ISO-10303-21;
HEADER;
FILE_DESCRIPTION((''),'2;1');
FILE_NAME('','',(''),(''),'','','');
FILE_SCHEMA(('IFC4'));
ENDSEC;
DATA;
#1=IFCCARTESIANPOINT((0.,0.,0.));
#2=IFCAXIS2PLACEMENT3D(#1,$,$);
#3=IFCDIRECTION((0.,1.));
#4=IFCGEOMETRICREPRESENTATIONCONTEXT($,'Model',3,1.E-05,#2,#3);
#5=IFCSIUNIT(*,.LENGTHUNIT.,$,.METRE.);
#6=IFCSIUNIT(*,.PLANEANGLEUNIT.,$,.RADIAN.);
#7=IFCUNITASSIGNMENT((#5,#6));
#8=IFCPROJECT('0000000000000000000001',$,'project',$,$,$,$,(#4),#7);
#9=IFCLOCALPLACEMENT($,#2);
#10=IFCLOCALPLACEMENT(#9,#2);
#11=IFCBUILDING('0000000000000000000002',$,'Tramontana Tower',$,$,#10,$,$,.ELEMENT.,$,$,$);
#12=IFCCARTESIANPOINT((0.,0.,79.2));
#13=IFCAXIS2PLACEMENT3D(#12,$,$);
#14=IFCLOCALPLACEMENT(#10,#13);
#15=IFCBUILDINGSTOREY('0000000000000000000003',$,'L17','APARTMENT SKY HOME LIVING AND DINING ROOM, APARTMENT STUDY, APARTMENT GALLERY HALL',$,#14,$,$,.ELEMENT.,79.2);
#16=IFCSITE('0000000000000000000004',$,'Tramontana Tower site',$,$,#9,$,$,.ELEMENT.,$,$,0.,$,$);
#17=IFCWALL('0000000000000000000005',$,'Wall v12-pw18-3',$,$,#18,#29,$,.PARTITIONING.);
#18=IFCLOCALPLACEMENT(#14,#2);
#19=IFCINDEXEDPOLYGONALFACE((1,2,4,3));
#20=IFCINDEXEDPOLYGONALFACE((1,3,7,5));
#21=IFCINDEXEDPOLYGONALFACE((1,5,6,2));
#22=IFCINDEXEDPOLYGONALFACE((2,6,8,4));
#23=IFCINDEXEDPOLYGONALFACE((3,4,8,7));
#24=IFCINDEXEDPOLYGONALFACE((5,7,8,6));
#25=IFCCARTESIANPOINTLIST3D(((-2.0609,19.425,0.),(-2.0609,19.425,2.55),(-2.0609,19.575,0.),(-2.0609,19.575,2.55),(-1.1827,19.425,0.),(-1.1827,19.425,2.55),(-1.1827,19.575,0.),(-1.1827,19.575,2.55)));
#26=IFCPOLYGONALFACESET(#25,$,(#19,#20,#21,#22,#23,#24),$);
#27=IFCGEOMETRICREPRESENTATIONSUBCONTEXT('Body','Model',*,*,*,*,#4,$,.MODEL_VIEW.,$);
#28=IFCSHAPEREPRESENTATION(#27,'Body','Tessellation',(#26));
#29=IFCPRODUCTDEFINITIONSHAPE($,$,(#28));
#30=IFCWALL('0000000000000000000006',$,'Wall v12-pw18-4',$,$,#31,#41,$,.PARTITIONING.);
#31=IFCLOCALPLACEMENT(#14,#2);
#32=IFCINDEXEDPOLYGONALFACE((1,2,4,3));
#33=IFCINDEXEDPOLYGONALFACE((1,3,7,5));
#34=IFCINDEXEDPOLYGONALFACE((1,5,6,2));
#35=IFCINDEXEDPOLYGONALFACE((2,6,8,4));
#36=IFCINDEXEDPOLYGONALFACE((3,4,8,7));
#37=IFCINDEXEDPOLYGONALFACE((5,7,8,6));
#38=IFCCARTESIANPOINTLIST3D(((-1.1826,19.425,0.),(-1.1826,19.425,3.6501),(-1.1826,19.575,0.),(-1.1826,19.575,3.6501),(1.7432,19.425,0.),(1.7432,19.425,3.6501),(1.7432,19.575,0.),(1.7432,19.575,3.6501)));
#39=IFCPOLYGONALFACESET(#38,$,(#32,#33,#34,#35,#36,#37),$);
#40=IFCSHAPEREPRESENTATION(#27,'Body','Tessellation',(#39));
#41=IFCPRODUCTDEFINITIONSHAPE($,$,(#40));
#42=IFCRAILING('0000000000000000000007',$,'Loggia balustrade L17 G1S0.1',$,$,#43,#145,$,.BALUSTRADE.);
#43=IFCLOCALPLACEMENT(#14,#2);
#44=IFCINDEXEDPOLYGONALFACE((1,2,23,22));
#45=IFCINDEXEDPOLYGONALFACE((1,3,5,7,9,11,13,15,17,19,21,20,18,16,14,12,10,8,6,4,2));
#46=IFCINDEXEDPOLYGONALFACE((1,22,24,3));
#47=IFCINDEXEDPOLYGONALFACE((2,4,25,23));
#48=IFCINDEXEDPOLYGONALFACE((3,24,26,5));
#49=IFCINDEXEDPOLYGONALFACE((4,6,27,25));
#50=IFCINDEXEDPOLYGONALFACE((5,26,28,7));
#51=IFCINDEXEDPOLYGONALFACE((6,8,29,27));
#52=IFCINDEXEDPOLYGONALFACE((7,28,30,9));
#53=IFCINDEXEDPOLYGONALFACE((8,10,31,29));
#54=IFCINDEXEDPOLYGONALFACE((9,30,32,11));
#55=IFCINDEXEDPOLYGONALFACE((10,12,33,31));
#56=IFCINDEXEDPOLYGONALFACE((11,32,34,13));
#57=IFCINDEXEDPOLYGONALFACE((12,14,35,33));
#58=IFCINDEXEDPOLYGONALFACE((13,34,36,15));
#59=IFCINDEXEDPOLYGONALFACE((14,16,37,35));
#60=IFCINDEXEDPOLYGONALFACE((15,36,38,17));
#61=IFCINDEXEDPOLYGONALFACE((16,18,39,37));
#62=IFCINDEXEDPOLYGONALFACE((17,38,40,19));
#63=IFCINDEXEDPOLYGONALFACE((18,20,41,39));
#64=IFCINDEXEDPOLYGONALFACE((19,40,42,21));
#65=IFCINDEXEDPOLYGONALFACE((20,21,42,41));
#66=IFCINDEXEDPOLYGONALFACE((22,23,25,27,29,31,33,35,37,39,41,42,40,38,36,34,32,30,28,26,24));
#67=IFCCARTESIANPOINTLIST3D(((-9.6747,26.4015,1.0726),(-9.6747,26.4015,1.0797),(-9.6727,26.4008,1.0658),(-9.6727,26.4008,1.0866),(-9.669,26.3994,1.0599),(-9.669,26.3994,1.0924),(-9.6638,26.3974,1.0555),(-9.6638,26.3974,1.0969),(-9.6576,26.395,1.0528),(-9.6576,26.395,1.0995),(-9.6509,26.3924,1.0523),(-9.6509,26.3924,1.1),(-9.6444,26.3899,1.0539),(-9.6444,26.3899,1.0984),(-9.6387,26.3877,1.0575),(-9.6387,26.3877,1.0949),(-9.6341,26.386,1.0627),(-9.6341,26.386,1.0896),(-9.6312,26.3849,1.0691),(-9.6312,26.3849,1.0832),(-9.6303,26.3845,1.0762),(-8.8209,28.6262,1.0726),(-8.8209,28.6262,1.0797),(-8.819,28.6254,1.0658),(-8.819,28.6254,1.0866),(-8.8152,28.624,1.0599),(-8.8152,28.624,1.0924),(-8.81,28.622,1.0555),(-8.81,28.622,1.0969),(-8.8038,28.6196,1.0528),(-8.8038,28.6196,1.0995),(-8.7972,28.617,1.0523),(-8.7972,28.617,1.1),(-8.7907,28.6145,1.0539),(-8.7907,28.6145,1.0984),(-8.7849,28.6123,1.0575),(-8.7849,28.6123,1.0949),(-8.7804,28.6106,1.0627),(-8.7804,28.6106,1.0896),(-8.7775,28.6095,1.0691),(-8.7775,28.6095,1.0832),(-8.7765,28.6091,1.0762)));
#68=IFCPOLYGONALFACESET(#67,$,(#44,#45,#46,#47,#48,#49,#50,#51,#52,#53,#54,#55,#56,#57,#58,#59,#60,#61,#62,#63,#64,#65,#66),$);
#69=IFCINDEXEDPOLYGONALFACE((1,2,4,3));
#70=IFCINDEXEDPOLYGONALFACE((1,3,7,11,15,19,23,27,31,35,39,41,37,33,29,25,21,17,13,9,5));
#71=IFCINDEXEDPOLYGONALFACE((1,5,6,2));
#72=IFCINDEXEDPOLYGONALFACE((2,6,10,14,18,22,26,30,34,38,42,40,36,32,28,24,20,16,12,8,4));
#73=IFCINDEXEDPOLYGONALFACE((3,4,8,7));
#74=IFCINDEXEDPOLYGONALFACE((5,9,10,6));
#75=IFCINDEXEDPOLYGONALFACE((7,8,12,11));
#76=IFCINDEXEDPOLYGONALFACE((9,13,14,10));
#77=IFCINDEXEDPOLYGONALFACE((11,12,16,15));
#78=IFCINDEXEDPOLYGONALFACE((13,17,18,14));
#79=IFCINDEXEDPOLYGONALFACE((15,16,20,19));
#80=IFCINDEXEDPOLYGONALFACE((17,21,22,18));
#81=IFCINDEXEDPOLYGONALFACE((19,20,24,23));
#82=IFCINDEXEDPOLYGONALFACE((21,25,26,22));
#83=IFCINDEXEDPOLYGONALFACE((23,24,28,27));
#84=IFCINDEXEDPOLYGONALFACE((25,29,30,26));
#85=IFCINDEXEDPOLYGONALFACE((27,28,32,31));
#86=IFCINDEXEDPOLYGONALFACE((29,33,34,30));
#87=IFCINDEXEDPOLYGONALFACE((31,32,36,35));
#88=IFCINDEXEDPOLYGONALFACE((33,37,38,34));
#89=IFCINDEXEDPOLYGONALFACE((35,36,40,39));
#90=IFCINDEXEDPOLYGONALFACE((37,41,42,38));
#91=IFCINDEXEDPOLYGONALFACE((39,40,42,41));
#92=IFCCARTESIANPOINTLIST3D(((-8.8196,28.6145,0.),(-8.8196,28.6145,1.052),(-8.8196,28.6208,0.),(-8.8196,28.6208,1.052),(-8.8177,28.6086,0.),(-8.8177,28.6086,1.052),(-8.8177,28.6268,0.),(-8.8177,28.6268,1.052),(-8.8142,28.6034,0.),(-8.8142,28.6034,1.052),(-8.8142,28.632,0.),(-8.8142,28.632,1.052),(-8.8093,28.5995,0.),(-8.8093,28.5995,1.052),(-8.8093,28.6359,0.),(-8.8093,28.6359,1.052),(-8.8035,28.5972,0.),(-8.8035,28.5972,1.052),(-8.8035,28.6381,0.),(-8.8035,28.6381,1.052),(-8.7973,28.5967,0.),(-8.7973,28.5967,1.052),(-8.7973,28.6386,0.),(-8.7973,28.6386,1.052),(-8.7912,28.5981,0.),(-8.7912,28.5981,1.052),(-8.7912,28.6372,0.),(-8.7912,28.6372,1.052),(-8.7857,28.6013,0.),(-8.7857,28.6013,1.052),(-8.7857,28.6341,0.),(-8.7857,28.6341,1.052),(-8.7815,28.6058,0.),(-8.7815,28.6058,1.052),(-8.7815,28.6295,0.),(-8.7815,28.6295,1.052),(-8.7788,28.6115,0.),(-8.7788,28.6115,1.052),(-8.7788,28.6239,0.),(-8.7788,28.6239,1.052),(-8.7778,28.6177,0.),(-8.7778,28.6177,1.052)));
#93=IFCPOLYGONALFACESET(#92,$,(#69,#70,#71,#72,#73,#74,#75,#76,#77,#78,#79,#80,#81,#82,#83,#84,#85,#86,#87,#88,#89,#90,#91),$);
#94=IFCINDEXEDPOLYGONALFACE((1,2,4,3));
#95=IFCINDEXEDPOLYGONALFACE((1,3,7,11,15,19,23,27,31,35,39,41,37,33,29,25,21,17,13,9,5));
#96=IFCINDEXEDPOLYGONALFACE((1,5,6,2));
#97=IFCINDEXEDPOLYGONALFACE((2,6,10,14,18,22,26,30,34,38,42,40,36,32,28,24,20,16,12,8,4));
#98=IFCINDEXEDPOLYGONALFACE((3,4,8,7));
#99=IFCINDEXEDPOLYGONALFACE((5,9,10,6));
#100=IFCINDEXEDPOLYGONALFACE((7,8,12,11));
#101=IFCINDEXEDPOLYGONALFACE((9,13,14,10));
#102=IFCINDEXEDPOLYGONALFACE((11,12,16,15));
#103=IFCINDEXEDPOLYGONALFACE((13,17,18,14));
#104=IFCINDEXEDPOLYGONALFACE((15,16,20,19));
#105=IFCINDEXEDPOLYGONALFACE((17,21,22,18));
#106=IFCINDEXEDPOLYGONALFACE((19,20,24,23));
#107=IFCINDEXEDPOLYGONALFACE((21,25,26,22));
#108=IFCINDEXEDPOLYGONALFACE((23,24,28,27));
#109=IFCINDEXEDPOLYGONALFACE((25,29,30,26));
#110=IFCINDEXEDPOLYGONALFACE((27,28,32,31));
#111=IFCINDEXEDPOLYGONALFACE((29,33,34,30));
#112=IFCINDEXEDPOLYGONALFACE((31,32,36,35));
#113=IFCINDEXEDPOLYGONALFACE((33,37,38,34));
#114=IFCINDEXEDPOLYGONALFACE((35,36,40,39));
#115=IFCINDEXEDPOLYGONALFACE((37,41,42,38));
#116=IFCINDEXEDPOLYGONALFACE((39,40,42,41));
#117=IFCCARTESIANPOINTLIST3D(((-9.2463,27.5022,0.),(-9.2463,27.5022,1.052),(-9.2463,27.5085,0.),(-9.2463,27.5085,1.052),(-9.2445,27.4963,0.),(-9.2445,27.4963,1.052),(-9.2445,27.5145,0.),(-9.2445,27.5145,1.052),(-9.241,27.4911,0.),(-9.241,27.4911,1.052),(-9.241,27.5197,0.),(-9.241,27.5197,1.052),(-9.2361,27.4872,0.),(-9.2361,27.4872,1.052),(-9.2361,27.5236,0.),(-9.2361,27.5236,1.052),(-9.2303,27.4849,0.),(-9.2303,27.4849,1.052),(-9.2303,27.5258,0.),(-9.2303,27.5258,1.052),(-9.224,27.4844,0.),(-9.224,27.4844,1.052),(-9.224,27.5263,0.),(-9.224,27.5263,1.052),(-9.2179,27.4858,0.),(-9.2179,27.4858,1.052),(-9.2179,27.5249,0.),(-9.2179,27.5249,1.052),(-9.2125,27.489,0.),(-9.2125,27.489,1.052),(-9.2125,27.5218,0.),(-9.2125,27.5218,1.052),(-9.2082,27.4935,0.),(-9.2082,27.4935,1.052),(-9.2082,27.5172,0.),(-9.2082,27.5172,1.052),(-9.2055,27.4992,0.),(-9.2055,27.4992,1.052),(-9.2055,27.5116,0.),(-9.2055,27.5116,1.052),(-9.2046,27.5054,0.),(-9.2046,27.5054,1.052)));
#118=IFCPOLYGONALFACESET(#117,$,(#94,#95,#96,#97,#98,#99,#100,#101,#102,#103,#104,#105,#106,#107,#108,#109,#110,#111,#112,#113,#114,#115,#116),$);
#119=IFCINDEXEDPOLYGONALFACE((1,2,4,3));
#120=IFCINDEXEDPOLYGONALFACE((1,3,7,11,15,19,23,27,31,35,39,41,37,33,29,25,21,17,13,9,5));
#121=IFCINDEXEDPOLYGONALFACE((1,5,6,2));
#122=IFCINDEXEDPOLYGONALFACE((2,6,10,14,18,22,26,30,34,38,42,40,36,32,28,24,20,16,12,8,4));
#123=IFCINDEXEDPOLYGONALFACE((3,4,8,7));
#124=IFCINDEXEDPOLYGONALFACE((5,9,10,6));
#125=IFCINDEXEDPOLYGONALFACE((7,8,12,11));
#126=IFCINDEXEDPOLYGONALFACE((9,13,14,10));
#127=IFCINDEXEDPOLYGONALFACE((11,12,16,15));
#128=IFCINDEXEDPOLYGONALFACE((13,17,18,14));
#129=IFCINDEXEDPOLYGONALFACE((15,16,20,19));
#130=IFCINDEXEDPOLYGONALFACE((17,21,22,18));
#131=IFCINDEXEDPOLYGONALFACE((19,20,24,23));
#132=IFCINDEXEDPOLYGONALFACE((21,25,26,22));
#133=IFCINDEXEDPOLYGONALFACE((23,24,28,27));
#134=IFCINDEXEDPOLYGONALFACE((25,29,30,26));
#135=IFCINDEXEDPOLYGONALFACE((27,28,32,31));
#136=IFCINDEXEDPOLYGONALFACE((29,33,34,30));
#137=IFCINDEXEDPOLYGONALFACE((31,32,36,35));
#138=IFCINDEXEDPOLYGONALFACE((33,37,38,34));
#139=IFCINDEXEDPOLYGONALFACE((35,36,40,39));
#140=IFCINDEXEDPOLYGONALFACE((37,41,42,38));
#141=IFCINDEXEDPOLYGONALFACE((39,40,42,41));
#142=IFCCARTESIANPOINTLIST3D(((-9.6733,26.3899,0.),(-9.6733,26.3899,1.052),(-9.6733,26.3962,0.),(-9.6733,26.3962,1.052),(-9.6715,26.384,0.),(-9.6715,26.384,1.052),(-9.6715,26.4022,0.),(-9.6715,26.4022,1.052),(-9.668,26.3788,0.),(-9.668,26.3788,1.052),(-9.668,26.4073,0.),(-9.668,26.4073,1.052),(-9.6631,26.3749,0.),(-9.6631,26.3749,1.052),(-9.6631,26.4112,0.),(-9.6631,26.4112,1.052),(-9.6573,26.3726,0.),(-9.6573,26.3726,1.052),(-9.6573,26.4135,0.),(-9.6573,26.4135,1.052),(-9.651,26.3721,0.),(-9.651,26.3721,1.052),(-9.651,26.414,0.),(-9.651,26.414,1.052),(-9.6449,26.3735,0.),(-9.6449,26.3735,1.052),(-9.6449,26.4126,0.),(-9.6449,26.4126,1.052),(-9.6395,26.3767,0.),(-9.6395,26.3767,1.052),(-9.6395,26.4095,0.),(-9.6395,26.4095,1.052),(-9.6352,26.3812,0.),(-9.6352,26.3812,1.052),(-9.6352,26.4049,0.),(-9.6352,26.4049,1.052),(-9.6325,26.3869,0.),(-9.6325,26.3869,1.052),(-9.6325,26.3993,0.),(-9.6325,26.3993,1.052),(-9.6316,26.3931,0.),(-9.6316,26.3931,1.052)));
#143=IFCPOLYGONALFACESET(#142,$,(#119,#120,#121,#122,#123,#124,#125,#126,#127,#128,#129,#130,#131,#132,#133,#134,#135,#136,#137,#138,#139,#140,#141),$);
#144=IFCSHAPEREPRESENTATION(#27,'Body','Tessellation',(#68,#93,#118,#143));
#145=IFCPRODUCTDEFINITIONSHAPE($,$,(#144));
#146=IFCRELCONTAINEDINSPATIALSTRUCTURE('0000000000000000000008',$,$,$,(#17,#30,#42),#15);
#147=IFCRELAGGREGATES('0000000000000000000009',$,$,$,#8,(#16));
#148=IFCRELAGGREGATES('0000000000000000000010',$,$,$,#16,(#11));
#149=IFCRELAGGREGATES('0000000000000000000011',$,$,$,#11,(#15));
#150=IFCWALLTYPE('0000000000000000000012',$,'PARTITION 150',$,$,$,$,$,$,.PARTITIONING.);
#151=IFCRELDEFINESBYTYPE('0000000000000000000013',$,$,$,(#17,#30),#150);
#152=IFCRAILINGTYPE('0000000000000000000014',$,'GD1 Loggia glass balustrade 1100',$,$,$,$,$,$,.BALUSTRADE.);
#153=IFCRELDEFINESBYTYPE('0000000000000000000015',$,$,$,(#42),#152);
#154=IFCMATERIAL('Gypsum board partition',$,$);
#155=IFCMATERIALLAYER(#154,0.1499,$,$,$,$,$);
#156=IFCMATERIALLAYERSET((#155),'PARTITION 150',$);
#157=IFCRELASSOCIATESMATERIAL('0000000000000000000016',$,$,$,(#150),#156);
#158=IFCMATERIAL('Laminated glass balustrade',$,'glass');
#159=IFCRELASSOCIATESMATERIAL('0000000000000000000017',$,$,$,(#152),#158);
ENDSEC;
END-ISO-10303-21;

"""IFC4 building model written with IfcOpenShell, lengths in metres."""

from ifc_helpers import new_model, si_unit, direction, frame, frame_2d, origin, origin_2d, place, context, subcontext, project, spatial, rectangle, circle, extrude, material, layer, layer_set, type_object, element, save


model = new_model("IFC4")

# Units and contexts
model_context = context("Model", 3, precision=1e-05, world=origin(), true_north=direction((0.0, 1.0)))
body_context = subcontext(model_context, "Body", "Model", "MODEL_VIEW")
ifc_project = project(units=[si_unit("LENGTHUNIT", "METRE"), si_unit("PLANEANGLEUNIT", "RADIAN")], contexts=[model_context])

# Site, building, storey
site_placement = place(None, origin())
site = spatial("IfcSite", under=ifc_project, at=site_placement, Name="Tramontana Tower site", CompositionType="ELEMENT", RefElevation=0.0)
building_placement = place(site_placement, origin())
building = spatial("IfcBuilding", under=site, at=building_placement, Name="Tramontana Tower", CompositionType="ELEMENT")
storey_placement = place(building_placement, frame((0.0, 0.0, 79.2)))
storey = spatial("IfcBuildingStorey", under=building, at=storey_placement, Name="L17", Description="APARTMENT SKY HOME LIVING AND DINING ROOM, APARTMENT STUDY, APARTMENT GALLERY HALL", CompositionType="ELEMENT", Elevation=79.2)

# Shared definitions
ifc_material_1 = material(Name="Gypsum board partition")
ifc_layer_1 = layer(ifc_material_1, 0.1499)
ifc_layer_set_1 = layer_set([ifc_layer_1], Name="PARTITION 150")
wall_type_1 = type_object("IfcWallType", Name="PARTITION 150", PredefinedType="PARTITIONING", material=ifc_layer_set_1)

# Walls
wall_1_placement = place(storey_placement, frame((-2.0608, 19.5, 0.0), z_axis=(0.0, 0.0, 1.0), x_axis=(1.0, 0.0, 0.0)))
element("IfcWall", 1, at=wall_1_placement, inside=storey, type_object=wall_type_1, Name="Wall v12-pw18-3", PredefinedType="PARTITIONING", context=body_context, shape_type="SweptSolid", body=[
    extrude(rectangle(XDim=0.8782, YDim=0.1499, at=frame_2d((0.439, 0.0))), origin(), (0.0, 0.0, 1.0), 2.55),
])
wall_2_placement = place(storey_placement, frame((-1.1826, 19.5, 0.0), z_axis=(0.0, 0.0, 1.0), x_axis=(1.0, 0.0, 0.0)))
element("IfcWall", 2, at=wall_2_placement, inside=storey, type_object=wall_type_1, Name="Wall v12-pw18-4", PredefinedType="PARTITIONING", context=body_context, shape_type="SweptSolid", body=[
    extrude(rectangle(XDim=2.9258, YDim=0.1499, at=frame_2d((1.4629, 0.0))), origin(), (0.0, 0.0, 1.0), 3.6501),
])

# Railing
ifc_material_2 = material(Name="Laminated glass balustrade", Category="glass")
railing_type = type_object("IfcRailingType", Name="GD1 Loggia glass balustrade 1100", PredefinedType="BALUSTRADE", material=ifc_material_2)
railing_placement = place(storey_placement, frame((-8.7988, 28.6177, 0.0)))
element("IfcRailing", 3, at=railing_placement, inside=storey, type_object=railing_type, Name="Loggia balustrade L17 G1S0.1", PredefinedType="BALUSTRADE", context=body_context, shape_type="SweptSolid", body=[
    extrude(circle(Radius=0.0239, at=origin_2d()), frame((0.0, 0.0, 1.0762), z_axis=(-0.358299, -0.933607, 0.0), x_axis=(0.933607, -0.358299, 0.0)), (0.0, 0.0, 1.0), 2.3828),
    extrude(circle(Radius=0.021, at=origin_2d()), origin(), (0.0, 0.0, 1.0), 1.052),
    extrude(circle(Radius=0.021, at=origin_2d()), frame((-0.4268, -1.1123, 0.0)), (0.0, 0.0, 1.0), 1.052),
    extrude(circle(Radius=0.021, at=origin_2d()), frame((-0.8538, -2.2246, 0.0)), (0.0, 0.0, 1.0), 1.052),
])

save(model, "model.ifc")
